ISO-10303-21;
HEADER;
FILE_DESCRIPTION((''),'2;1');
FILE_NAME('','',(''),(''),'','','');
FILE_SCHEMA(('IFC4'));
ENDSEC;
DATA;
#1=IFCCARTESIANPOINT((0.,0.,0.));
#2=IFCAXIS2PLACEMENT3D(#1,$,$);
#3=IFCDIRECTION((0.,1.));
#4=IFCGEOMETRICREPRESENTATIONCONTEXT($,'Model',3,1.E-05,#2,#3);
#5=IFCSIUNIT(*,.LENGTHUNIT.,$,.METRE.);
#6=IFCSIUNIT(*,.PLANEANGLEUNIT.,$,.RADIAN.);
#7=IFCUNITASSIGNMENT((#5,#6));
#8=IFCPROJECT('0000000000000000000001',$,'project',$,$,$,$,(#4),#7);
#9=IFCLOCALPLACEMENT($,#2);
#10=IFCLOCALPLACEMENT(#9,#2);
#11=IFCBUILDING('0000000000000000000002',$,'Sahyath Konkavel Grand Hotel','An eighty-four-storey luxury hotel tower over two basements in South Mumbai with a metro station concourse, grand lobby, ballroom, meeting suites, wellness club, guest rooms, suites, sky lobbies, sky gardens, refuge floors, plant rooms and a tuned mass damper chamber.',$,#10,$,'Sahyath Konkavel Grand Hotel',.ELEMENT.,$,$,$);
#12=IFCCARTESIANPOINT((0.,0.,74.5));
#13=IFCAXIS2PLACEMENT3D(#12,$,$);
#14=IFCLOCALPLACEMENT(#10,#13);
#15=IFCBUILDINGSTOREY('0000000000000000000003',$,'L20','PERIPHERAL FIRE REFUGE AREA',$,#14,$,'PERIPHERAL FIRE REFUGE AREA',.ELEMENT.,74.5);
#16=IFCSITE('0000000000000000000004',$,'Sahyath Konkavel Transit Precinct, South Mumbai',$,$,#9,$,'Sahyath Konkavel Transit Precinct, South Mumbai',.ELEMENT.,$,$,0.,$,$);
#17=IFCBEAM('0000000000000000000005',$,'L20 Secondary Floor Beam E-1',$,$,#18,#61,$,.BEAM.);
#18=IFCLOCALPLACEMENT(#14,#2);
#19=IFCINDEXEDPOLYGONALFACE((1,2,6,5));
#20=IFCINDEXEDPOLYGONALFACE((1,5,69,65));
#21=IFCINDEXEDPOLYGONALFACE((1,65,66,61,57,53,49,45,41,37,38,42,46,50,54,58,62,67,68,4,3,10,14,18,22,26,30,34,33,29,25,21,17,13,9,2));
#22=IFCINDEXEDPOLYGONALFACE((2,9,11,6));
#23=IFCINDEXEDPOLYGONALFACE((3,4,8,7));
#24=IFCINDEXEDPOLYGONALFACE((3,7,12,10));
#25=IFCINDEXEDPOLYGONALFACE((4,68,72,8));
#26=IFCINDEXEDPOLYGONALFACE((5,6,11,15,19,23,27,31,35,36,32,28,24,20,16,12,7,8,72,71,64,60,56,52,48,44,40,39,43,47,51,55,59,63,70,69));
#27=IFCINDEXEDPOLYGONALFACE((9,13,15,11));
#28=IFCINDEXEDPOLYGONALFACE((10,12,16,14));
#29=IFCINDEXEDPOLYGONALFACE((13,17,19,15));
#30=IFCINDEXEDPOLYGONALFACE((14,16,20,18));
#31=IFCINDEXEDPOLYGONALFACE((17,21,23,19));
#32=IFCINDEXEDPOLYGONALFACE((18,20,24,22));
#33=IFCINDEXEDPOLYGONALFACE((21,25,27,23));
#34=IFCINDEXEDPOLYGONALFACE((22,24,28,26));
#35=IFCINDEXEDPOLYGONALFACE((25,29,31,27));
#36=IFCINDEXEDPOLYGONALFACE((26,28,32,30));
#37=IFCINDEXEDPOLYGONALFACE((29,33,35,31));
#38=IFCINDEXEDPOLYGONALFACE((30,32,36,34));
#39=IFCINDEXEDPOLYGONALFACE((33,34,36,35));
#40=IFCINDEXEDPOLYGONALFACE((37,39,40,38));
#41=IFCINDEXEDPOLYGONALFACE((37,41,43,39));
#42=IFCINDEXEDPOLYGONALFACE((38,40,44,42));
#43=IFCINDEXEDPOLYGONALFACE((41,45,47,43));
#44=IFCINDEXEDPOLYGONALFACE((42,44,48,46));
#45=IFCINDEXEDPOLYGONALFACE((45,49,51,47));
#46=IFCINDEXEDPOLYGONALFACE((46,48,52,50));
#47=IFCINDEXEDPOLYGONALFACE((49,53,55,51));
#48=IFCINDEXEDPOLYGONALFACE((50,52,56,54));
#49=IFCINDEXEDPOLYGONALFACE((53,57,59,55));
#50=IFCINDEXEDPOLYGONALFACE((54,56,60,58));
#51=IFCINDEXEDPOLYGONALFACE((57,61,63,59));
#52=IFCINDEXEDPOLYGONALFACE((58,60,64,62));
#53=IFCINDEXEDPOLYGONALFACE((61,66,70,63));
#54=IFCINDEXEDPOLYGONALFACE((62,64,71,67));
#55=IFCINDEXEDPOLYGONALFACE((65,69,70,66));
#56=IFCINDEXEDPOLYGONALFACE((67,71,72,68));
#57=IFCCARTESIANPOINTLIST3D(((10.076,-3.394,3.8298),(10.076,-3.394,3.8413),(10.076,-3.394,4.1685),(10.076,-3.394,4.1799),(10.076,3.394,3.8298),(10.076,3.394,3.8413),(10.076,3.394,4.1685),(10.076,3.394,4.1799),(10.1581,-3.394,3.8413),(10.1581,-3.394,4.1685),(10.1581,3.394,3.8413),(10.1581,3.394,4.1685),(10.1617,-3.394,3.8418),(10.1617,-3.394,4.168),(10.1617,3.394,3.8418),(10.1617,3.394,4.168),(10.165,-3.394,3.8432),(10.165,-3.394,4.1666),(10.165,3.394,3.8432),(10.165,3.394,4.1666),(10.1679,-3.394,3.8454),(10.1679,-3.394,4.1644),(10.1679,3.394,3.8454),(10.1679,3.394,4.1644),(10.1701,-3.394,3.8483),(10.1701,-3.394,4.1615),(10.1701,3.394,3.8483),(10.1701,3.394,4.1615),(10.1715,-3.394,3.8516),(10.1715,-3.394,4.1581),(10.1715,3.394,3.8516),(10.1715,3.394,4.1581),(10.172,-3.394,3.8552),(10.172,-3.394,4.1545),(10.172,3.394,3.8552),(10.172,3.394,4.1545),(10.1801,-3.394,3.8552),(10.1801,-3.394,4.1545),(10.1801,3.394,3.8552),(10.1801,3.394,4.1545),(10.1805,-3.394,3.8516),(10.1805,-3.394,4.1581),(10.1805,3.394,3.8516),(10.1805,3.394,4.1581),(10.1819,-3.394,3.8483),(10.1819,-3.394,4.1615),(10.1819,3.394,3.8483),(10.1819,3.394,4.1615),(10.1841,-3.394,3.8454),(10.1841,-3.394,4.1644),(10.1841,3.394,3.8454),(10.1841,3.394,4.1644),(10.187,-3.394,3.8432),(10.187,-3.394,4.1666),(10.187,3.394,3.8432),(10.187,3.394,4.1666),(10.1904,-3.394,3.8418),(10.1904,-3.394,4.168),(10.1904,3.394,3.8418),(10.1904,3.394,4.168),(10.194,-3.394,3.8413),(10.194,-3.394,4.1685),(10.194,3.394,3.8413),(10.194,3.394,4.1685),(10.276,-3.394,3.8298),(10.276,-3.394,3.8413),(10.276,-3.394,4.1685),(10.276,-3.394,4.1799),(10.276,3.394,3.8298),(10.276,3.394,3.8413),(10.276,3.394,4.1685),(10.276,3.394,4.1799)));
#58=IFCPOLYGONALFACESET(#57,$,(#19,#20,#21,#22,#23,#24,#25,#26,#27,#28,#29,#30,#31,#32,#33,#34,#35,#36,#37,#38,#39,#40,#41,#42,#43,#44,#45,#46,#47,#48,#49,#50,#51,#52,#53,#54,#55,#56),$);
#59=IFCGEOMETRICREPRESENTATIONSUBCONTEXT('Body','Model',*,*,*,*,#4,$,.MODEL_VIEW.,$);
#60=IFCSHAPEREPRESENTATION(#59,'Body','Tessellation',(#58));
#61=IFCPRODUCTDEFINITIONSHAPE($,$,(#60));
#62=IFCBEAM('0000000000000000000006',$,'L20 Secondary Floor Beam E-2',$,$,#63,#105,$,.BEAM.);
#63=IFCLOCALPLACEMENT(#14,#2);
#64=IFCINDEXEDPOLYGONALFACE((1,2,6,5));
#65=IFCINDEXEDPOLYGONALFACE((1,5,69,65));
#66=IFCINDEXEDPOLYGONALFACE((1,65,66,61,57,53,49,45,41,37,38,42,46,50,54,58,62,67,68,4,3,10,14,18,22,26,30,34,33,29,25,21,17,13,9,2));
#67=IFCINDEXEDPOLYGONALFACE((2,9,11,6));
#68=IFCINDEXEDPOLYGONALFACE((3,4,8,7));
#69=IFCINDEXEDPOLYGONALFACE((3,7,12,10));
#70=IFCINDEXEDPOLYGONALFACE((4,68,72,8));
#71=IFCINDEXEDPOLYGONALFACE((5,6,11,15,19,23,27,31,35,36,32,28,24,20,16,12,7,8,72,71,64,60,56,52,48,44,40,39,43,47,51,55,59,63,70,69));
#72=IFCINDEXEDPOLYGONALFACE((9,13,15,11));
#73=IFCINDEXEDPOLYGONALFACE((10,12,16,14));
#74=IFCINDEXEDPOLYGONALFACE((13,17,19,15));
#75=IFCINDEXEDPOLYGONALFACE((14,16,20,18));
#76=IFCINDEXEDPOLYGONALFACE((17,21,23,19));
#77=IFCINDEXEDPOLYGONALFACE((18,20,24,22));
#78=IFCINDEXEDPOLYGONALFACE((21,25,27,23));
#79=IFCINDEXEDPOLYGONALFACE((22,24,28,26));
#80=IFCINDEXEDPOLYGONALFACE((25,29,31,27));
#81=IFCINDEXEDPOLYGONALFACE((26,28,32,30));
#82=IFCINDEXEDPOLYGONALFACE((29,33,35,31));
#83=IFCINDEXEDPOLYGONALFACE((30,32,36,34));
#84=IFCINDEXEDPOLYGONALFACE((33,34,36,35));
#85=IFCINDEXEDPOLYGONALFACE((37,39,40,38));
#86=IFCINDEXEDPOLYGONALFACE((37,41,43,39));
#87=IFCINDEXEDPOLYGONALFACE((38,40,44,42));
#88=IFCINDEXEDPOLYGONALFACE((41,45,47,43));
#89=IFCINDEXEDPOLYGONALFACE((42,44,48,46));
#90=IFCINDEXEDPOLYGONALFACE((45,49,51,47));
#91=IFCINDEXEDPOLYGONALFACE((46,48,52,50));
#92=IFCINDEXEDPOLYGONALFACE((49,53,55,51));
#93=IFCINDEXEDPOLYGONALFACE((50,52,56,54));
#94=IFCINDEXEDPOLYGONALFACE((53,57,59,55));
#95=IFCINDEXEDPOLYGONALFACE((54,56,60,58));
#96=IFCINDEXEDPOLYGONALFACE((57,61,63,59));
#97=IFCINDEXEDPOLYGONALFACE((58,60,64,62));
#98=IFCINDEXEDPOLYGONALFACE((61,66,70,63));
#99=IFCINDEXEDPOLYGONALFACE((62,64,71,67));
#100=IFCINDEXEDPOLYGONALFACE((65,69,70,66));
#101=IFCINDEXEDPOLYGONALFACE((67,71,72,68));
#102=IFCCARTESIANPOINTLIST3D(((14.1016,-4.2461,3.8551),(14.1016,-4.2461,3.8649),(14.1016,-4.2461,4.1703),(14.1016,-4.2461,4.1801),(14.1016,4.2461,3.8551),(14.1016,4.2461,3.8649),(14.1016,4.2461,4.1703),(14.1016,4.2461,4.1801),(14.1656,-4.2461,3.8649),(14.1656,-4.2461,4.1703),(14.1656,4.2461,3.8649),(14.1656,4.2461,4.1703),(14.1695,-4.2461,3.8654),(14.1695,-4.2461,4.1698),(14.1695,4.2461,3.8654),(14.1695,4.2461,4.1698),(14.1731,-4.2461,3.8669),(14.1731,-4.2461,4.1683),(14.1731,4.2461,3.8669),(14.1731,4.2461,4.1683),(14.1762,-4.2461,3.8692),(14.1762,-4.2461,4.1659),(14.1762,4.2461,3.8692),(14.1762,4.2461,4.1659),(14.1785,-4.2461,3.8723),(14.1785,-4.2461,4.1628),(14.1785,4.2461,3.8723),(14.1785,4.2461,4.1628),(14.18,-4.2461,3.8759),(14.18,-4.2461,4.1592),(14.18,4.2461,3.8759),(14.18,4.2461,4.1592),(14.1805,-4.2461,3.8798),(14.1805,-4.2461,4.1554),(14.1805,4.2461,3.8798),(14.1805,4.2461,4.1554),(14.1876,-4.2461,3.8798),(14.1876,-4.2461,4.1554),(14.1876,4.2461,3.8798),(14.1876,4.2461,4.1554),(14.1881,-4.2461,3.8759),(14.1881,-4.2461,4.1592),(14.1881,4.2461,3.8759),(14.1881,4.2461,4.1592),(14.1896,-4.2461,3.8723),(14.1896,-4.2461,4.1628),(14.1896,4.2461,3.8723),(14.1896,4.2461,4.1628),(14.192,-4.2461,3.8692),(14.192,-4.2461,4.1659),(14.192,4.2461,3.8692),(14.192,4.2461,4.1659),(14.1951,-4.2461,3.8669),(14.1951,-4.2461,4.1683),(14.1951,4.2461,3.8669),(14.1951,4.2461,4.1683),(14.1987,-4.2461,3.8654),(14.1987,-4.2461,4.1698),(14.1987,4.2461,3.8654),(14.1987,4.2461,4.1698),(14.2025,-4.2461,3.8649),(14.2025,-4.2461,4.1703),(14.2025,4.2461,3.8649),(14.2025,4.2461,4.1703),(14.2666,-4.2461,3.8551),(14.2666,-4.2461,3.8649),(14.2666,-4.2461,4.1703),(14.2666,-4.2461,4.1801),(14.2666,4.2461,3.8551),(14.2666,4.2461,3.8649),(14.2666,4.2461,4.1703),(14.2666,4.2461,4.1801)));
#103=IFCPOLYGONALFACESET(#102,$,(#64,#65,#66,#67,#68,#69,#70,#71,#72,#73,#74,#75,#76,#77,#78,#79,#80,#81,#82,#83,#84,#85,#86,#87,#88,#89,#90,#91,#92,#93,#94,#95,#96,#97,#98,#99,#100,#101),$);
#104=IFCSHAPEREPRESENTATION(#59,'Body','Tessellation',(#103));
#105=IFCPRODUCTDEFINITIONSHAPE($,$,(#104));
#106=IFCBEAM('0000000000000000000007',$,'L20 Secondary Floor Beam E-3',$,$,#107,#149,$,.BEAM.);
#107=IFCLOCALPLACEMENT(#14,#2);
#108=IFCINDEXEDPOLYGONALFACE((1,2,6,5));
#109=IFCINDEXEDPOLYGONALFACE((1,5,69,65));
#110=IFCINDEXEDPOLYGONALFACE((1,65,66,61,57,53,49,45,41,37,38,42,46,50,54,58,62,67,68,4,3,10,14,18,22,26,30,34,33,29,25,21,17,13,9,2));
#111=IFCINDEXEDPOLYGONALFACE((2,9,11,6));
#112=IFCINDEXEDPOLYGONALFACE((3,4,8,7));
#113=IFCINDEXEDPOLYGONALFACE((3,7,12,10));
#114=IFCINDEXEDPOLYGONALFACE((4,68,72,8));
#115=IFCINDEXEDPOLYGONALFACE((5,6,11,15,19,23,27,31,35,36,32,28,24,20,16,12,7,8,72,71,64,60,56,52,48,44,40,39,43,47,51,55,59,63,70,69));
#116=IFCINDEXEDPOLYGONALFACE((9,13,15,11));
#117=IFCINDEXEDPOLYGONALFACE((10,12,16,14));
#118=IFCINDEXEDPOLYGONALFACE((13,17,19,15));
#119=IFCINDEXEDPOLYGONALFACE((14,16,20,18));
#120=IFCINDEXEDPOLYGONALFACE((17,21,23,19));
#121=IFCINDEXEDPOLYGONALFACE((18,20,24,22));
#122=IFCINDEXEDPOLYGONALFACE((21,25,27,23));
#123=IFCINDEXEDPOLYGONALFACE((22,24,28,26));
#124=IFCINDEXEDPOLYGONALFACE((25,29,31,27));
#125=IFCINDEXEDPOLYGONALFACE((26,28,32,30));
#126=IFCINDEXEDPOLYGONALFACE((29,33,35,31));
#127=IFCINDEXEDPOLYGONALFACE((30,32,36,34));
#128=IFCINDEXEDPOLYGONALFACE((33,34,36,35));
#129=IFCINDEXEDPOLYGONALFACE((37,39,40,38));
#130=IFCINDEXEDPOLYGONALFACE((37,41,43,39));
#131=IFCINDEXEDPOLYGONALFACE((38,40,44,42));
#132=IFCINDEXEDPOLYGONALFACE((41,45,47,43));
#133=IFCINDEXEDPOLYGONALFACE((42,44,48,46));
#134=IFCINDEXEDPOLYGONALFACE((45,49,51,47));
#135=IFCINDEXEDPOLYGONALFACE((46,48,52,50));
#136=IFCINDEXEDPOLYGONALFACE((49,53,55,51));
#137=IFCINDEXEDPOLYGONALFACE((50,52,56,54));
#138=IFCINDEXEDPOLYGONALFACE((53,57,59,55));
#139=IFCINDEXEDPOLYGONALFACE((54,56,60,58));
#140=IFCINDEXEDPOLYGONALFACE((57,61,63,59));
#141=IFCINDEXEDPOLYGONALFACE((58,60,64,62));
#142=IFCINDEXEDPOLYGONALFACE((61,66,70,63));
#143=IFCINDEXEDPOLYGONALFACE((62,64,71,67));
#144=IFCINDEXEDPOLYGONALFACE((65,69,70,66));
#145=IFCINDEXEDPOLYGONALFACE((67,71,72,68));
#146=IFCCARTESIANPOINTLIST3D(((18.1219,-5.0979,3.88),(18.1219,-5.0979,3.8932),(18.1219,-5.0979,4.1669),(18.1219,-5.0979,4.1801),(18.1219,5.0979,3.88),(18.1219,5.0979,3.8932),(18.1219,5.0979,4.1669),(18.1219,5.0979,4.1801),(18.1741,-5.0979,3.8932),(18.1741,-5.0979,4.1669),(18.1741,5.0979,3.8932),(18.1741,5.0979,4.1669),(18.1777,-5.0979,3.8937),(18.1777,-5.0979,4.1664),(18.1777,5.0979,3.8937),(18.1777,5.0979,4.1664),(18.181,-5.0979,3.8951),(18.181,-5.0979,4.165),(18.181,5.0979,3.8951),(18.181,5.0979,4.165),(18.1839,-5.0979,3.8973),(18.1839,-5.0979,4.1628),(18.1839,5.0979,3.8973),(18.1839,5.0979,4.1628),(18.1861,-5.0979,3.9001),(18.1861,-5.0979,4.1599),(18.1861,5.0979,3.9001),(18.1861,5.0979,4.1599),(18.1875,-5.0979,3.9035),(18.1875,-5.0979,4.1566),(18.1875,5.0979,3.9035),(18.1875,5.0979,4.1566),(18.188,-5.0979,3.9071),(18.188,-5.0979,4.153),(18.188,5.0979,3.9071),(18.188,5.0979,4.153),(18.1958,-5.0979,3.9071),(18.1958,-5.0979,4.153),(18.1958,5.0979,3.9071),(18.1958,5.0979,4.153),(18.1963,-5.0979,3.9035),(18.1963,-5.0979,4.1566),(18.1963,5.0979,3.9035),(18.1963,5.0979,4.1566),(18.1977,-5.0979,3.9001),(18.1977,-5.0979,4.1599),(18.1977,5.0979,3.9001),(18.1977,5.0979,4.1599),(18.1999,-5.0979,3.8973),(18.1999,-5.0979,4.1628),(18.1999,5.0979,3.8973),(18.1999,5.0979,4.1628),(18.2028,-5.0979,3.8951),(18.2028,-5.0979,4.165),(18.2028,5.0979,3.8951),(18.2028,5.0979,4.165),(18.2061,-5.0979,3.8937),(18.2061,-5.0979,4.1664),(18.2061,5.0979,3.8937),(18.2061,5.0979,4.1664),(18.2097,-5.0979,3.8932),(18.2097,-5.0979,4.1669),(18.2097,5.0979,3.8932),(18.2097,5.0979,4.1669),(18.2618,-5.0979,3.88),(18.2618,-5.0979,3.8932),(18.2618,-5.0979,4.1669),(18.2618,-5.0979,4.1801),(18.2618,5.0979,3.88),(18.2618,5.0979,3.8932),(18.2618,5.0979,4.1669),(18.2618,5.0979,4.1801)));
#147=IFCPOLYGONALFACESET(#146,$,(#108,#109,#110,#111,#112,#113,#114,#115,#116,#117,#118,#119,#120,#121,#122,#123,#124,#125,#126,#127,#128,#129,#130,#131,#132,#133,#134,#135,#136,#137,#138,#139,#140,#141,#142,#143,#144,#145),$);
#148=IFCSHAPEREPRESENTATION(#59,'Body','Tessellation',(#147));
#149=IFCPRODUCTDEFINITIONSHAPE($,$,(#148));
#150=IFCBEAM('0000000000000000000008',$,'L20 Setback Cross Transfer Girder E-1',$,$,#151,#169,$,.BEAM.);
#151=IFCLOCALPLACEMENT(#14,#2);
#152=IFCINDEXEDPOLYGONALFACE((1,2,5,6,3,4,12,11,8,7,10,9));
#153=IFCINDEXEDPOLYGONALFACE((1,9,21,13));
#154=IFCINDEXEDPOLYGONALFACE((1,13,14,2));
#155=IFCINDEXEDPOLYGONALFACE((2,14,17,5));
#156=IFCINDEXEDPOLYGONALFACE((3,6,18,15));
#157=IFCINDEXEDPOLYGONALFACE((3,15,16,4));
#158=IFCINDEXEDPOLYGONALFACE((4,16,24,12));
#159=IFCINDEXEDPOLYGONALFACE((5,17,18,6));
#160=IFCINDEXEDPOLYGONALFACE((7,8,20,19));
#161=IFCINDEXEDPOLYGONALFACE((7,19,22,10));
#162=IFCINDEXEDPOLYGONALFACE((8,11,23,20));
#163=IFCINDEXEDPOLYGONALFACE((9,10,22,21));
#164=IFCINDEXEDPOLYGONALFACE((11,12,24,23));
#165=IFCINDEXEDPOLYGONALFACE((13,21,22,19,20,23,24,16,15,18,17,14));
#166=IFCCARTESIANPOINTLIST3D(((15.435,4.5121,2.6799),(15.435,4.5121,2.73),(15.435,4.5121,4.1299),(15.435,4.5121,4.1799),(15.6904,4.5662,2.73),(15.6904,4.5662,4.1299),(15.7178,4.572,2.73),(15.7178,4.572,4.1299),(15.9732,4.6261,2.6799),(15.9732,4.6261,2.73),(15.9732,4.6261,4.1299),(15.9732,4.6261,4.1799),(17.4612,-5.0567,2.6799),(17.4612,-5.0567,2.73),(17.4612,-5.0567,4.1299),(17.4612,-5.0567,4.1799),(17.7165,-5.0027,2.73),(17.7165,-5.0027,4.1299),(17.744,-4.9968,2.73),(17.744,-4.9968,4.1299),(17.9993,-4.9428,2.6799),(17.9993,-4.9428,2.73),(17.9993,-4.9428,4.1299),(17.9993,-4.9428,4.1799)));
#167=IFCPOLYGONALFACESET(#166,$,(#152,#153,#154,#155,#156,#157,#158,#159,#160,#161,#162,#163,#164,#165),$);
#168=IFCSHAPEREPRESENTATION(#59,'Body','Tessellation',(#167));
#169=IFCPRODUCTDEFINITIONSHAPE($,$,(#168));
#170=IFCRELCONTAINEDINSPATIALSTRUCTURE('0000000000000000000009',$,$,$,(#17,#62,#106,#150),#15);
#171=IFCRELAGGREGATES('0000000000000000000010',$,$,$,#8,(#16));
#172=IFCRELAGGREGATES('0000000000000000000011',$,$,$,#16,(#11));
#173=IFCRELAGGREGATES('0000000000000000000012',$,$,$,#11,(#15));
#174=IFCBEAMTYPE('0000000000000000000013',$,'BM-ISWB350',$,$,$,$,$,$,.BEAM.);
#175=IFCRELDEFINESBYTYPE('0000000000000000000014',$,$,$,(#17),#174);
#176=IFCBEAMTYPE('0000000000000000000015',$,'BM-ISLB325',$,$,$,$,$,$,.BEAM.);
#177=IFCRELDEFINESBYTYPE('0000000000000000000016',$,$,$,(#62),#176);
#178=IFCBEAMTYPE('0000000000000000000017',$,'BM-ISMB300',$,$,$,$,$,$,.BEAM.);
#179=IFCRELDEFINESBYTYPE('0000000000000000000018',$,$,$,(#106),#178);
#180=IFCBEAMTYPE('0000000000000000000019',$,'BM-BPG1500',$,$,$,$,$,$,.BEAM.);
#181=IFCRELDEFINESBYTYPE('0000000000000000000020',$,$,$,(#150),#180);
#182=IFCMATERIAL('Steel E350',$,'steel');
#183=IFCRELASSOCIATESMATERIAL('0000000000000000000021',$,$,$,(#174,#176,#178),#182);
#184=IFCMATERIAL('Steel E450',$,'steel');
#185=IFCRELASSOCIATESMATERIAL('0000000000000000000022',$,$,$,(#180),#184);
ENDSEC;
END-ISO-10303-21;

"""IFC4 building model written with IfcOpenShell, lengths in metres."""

from ifc_helpers import new_model, si_unit, direction, frame, origin, origin_2d, place, context, subcontext, project, spatial, i_section, extrude, source, transform, mapped, material, material_profile, profile_set, type_object, element, save


model = new_model("IFC4")

# Units and contexts
model_context = context("Model", 3, precision=1e-05, world=origin(), true_north=direction((0.0, 1.0)))
body_context = subcontext(model_context, "Body", "Model", "MODEL_VIEW")
ifc_project = project(units=[si_unit("LENGTHUNIT", "METRE"), si_unit("PLANEANGLEUNIT", "RADIAN")], contexts=[model_context])

# Site, building, storey
site_placement = place(None, origin())
site = spatial("IfcSite", under=ifc_project, at=site_placement, Name="Sahyath Konkavel Transit Precinct, South Mumbai", LongName="Sahyath Konkavel Transit Precinct, South Mumbai", CompositionType="ELEMENT", RefElevation=0.0)
building_placement = place(site_placement, origin())
building = spatial("IfcBuilding", under=site, at=building_placement, Name="Sahyath Konkavel Grand Hotel", Description="An eighty-four-storey luxury hotel tower over two basements in South Mumbai with a metro station concourse, grand lobby, ballroom, meeting suites, wellness club, guest rooms, suites, sky lobbies, sky gardens, refuge floors, plant rooms and a tuned mass damper chamber.", LongName="Sahyath Konkavel Grand Hotel", CompositionType="ELEMENT")
storey_placement = place(building_placement, frame((0.0, 0.0, 74.5)))
storey = spatial("IfcBuildingStorey", under=building, at=storey_placement, Name="L20", Description="PERIPHERAL FIRE REFUGE AREA", LongName="PERIPHERAL FIRE REFUGE AREA", CompositionType="ELEMENT", Elevation=74.5)

# Beams
ifc_material_1 = material(Name="Steel E350", Category="steel")
ifc_material_profile_1 = material_profile(ifc_material_1, i_section(OverallWidth=0.2, OverallDepth=0.3501, WebThickness=0.0081, FlangeThickness=0.0115, FilletRadius=0.0139, at=origin_2d()), Name="ISWB 350")
ifc_profile_set_1 = profile_set([ifc_material_profile_1], Name="Steel E350")
beam_type_1 = type_object("IfcBeamType", Name="BM-ISWB350", PredefinedType="BEAM", material=ifc_profile_set_1)
shared_shape_1 = source(origin(), body_context, "Body", "SweptSolid", [
    extrude(i_section(OverallWidth=0.2, OverallDepth=0.3501, WebThickness=0.0081, FlangeThickness=0.0115, FilletRadius=0.0139, at=origin_2d()), origin(), (0.0, 0.0, 1.0), 6.7881),
])
beam_1_placement = place(storey_placement, frame((10.176, -3.394, 4.0049), z_axis=(0.0, 1.0, 0.0), x_axis=(-1.0, 0.0, 0.0)))
element("IfcBeam", 1, at=beam_1_placement, inside=storey, type_object=beam_type_1, Name="L20 Secondary Floor Beam E-1", PredefinedType="BEAM", context=body_context, shape_type="MappedRepresentation", body=[
    mapped(shared_shape_1, transform((0.0, 0.0, 0.0), scale=1.0)),
])
ifc_material_profile_2 = material_profile(ifc_material_1, i_section(OverallWidth=0.165, OverallDepth=0.325, WebThickness=0.0071, FlangeThickness=0.0098, FilletRadius=0.0149, at=origin_2d()), Name="ISLB 325")
ifc_profile_set_2 = profile_set([ifc_material_profile_2], Name="Steel E350")
beam_type_2 = type_object("IfcBeamType", Name="BM-ISLB325", PredefinedType="BEAM", material=ifc_profile_set_2)
shared_shape_2 = source(origin(), body_context, "Body", "SweptSolid", [
    extrude(i_section(OverallWidth=0.165, OverallDepth=0.325, WebThickness=0.0071, FlangeThickness=0.0098, FilletRadius=0.0149, at=origin_2d()), origin(), (0.0, 0.0, 1.0), 8.4922),
])
beam_2_placement = place(storey_placement, frame((14.1841, -4.2461, 4.0176), z_axis=(0.0, 1.0, 0.0), x_axis=(-1.0, 0.0, 0.0)))
element("IfcBeam", 2, at=beam_2_placement, inside=storey, type_object=beam_type_2, Name="L20 Secondary Floor Beam E-2", PredefinedType="BEAM", context=body_context, shape_type="MappedRepresentation", body=[
    mapped(shared_shape_2, transform((0.0, 0.0, 0.0), scale=1.0)),
])
ifc_material_profile_3 = material_profile(ifc_material_1, i_section(OverallWidth=0.1399, OverallDepth=0.3, WebThickness=0.0078, FlangeThickness=0.0132, FilletRadius=0.0139, at=origin_2d()), Name="ISMB 300")
ifc_profile_set_3 = profile_set([ifc_material_profile_3], Name="Steel E350")
beam_type_3 = type_object("IfcBeamType", Name="BM-ISMB300", PredefinedType="BEAM", material=ifc_profile_set_3)
shared_shape_3 = source(origin(), body_context, "Body", "SweptSolid", [
    extrude(i_section(OverallWidth=0.1399, OverallDepth=0.3, WebThickness=0.0078, FlangeThickness=0.0132, FilletRadius=0.0139, at=origin_2d()), origin(), (0.0, 0.0, 1.0), 10.1958),
])
beam_3_placement = place(storey_placement, frame((18.1919, -5.0979, 4.03), z_axis=(0.0, 1.0, 0.0), x_axis=(-1.0, 0.0, 0.0)))
element("IfcBeam", 3, at=beam_3_placement, inside=storey, type_object=beam_type_3, Name="L20 Secondary Floor Beam E-3", PredefinedType="BEAM", context=body_context, shape_type="MappedRepresentation", body=[
    mapped(shared_shape_3, transform((0.0, 0.0, 0.0), scale=1.0)),
])
ifc_material_2 = material(Name="Steel E450", Category="steel")
ifc_material_profile_4 = material_profile(ifc_material_2, i_section(OverallWidth=0.55, OverallDepth=1.5, WebThickness=0.0281, FlangeThickness=0.05, at=origin_2d()), Name="BPG 1500x550")
ifc_profile_set_4 = profile_set([ifc_material_profile_4], Name="Steel E450")
beam_type_4 = type_object("IfcBeamType", Name="BM-BPG1500", PredefinedType="BEAM", material=ifc_profile_set_4)
shared_shape_4 = source(origin(), body_context, "Body", "SweptSolid", [
    extrude(i_section(OverallWidth=0.55, OverallDepth=1.5, WebThickness=0.0281, FlangeThickness=0.05, at=origin_2d()), origin(), (0.0, 0.0, 1.0), 9.781),
])
beam_4_placement = place(storey_placement, frame((17.7302, -4.9998, 3.4299), z_axis=(-0.207149, 0.978309, 0.0), x_axis=(-0.978309, -0.207149, 0.0)))
element("IfcBeam", 4, at=beam_4_placement, inside=storey, type_object=beam_type_4, Name="L20 Setback Cross Transfer Girder E-1", PredefinedType="BEAM", context=body_context, shape_type="MappedRepresentation", body=[
    mapped(shared_shape_4, transform((0.0, 0.0, 0.0), scale=1.0)),
])

save(model, "model.ifc")
